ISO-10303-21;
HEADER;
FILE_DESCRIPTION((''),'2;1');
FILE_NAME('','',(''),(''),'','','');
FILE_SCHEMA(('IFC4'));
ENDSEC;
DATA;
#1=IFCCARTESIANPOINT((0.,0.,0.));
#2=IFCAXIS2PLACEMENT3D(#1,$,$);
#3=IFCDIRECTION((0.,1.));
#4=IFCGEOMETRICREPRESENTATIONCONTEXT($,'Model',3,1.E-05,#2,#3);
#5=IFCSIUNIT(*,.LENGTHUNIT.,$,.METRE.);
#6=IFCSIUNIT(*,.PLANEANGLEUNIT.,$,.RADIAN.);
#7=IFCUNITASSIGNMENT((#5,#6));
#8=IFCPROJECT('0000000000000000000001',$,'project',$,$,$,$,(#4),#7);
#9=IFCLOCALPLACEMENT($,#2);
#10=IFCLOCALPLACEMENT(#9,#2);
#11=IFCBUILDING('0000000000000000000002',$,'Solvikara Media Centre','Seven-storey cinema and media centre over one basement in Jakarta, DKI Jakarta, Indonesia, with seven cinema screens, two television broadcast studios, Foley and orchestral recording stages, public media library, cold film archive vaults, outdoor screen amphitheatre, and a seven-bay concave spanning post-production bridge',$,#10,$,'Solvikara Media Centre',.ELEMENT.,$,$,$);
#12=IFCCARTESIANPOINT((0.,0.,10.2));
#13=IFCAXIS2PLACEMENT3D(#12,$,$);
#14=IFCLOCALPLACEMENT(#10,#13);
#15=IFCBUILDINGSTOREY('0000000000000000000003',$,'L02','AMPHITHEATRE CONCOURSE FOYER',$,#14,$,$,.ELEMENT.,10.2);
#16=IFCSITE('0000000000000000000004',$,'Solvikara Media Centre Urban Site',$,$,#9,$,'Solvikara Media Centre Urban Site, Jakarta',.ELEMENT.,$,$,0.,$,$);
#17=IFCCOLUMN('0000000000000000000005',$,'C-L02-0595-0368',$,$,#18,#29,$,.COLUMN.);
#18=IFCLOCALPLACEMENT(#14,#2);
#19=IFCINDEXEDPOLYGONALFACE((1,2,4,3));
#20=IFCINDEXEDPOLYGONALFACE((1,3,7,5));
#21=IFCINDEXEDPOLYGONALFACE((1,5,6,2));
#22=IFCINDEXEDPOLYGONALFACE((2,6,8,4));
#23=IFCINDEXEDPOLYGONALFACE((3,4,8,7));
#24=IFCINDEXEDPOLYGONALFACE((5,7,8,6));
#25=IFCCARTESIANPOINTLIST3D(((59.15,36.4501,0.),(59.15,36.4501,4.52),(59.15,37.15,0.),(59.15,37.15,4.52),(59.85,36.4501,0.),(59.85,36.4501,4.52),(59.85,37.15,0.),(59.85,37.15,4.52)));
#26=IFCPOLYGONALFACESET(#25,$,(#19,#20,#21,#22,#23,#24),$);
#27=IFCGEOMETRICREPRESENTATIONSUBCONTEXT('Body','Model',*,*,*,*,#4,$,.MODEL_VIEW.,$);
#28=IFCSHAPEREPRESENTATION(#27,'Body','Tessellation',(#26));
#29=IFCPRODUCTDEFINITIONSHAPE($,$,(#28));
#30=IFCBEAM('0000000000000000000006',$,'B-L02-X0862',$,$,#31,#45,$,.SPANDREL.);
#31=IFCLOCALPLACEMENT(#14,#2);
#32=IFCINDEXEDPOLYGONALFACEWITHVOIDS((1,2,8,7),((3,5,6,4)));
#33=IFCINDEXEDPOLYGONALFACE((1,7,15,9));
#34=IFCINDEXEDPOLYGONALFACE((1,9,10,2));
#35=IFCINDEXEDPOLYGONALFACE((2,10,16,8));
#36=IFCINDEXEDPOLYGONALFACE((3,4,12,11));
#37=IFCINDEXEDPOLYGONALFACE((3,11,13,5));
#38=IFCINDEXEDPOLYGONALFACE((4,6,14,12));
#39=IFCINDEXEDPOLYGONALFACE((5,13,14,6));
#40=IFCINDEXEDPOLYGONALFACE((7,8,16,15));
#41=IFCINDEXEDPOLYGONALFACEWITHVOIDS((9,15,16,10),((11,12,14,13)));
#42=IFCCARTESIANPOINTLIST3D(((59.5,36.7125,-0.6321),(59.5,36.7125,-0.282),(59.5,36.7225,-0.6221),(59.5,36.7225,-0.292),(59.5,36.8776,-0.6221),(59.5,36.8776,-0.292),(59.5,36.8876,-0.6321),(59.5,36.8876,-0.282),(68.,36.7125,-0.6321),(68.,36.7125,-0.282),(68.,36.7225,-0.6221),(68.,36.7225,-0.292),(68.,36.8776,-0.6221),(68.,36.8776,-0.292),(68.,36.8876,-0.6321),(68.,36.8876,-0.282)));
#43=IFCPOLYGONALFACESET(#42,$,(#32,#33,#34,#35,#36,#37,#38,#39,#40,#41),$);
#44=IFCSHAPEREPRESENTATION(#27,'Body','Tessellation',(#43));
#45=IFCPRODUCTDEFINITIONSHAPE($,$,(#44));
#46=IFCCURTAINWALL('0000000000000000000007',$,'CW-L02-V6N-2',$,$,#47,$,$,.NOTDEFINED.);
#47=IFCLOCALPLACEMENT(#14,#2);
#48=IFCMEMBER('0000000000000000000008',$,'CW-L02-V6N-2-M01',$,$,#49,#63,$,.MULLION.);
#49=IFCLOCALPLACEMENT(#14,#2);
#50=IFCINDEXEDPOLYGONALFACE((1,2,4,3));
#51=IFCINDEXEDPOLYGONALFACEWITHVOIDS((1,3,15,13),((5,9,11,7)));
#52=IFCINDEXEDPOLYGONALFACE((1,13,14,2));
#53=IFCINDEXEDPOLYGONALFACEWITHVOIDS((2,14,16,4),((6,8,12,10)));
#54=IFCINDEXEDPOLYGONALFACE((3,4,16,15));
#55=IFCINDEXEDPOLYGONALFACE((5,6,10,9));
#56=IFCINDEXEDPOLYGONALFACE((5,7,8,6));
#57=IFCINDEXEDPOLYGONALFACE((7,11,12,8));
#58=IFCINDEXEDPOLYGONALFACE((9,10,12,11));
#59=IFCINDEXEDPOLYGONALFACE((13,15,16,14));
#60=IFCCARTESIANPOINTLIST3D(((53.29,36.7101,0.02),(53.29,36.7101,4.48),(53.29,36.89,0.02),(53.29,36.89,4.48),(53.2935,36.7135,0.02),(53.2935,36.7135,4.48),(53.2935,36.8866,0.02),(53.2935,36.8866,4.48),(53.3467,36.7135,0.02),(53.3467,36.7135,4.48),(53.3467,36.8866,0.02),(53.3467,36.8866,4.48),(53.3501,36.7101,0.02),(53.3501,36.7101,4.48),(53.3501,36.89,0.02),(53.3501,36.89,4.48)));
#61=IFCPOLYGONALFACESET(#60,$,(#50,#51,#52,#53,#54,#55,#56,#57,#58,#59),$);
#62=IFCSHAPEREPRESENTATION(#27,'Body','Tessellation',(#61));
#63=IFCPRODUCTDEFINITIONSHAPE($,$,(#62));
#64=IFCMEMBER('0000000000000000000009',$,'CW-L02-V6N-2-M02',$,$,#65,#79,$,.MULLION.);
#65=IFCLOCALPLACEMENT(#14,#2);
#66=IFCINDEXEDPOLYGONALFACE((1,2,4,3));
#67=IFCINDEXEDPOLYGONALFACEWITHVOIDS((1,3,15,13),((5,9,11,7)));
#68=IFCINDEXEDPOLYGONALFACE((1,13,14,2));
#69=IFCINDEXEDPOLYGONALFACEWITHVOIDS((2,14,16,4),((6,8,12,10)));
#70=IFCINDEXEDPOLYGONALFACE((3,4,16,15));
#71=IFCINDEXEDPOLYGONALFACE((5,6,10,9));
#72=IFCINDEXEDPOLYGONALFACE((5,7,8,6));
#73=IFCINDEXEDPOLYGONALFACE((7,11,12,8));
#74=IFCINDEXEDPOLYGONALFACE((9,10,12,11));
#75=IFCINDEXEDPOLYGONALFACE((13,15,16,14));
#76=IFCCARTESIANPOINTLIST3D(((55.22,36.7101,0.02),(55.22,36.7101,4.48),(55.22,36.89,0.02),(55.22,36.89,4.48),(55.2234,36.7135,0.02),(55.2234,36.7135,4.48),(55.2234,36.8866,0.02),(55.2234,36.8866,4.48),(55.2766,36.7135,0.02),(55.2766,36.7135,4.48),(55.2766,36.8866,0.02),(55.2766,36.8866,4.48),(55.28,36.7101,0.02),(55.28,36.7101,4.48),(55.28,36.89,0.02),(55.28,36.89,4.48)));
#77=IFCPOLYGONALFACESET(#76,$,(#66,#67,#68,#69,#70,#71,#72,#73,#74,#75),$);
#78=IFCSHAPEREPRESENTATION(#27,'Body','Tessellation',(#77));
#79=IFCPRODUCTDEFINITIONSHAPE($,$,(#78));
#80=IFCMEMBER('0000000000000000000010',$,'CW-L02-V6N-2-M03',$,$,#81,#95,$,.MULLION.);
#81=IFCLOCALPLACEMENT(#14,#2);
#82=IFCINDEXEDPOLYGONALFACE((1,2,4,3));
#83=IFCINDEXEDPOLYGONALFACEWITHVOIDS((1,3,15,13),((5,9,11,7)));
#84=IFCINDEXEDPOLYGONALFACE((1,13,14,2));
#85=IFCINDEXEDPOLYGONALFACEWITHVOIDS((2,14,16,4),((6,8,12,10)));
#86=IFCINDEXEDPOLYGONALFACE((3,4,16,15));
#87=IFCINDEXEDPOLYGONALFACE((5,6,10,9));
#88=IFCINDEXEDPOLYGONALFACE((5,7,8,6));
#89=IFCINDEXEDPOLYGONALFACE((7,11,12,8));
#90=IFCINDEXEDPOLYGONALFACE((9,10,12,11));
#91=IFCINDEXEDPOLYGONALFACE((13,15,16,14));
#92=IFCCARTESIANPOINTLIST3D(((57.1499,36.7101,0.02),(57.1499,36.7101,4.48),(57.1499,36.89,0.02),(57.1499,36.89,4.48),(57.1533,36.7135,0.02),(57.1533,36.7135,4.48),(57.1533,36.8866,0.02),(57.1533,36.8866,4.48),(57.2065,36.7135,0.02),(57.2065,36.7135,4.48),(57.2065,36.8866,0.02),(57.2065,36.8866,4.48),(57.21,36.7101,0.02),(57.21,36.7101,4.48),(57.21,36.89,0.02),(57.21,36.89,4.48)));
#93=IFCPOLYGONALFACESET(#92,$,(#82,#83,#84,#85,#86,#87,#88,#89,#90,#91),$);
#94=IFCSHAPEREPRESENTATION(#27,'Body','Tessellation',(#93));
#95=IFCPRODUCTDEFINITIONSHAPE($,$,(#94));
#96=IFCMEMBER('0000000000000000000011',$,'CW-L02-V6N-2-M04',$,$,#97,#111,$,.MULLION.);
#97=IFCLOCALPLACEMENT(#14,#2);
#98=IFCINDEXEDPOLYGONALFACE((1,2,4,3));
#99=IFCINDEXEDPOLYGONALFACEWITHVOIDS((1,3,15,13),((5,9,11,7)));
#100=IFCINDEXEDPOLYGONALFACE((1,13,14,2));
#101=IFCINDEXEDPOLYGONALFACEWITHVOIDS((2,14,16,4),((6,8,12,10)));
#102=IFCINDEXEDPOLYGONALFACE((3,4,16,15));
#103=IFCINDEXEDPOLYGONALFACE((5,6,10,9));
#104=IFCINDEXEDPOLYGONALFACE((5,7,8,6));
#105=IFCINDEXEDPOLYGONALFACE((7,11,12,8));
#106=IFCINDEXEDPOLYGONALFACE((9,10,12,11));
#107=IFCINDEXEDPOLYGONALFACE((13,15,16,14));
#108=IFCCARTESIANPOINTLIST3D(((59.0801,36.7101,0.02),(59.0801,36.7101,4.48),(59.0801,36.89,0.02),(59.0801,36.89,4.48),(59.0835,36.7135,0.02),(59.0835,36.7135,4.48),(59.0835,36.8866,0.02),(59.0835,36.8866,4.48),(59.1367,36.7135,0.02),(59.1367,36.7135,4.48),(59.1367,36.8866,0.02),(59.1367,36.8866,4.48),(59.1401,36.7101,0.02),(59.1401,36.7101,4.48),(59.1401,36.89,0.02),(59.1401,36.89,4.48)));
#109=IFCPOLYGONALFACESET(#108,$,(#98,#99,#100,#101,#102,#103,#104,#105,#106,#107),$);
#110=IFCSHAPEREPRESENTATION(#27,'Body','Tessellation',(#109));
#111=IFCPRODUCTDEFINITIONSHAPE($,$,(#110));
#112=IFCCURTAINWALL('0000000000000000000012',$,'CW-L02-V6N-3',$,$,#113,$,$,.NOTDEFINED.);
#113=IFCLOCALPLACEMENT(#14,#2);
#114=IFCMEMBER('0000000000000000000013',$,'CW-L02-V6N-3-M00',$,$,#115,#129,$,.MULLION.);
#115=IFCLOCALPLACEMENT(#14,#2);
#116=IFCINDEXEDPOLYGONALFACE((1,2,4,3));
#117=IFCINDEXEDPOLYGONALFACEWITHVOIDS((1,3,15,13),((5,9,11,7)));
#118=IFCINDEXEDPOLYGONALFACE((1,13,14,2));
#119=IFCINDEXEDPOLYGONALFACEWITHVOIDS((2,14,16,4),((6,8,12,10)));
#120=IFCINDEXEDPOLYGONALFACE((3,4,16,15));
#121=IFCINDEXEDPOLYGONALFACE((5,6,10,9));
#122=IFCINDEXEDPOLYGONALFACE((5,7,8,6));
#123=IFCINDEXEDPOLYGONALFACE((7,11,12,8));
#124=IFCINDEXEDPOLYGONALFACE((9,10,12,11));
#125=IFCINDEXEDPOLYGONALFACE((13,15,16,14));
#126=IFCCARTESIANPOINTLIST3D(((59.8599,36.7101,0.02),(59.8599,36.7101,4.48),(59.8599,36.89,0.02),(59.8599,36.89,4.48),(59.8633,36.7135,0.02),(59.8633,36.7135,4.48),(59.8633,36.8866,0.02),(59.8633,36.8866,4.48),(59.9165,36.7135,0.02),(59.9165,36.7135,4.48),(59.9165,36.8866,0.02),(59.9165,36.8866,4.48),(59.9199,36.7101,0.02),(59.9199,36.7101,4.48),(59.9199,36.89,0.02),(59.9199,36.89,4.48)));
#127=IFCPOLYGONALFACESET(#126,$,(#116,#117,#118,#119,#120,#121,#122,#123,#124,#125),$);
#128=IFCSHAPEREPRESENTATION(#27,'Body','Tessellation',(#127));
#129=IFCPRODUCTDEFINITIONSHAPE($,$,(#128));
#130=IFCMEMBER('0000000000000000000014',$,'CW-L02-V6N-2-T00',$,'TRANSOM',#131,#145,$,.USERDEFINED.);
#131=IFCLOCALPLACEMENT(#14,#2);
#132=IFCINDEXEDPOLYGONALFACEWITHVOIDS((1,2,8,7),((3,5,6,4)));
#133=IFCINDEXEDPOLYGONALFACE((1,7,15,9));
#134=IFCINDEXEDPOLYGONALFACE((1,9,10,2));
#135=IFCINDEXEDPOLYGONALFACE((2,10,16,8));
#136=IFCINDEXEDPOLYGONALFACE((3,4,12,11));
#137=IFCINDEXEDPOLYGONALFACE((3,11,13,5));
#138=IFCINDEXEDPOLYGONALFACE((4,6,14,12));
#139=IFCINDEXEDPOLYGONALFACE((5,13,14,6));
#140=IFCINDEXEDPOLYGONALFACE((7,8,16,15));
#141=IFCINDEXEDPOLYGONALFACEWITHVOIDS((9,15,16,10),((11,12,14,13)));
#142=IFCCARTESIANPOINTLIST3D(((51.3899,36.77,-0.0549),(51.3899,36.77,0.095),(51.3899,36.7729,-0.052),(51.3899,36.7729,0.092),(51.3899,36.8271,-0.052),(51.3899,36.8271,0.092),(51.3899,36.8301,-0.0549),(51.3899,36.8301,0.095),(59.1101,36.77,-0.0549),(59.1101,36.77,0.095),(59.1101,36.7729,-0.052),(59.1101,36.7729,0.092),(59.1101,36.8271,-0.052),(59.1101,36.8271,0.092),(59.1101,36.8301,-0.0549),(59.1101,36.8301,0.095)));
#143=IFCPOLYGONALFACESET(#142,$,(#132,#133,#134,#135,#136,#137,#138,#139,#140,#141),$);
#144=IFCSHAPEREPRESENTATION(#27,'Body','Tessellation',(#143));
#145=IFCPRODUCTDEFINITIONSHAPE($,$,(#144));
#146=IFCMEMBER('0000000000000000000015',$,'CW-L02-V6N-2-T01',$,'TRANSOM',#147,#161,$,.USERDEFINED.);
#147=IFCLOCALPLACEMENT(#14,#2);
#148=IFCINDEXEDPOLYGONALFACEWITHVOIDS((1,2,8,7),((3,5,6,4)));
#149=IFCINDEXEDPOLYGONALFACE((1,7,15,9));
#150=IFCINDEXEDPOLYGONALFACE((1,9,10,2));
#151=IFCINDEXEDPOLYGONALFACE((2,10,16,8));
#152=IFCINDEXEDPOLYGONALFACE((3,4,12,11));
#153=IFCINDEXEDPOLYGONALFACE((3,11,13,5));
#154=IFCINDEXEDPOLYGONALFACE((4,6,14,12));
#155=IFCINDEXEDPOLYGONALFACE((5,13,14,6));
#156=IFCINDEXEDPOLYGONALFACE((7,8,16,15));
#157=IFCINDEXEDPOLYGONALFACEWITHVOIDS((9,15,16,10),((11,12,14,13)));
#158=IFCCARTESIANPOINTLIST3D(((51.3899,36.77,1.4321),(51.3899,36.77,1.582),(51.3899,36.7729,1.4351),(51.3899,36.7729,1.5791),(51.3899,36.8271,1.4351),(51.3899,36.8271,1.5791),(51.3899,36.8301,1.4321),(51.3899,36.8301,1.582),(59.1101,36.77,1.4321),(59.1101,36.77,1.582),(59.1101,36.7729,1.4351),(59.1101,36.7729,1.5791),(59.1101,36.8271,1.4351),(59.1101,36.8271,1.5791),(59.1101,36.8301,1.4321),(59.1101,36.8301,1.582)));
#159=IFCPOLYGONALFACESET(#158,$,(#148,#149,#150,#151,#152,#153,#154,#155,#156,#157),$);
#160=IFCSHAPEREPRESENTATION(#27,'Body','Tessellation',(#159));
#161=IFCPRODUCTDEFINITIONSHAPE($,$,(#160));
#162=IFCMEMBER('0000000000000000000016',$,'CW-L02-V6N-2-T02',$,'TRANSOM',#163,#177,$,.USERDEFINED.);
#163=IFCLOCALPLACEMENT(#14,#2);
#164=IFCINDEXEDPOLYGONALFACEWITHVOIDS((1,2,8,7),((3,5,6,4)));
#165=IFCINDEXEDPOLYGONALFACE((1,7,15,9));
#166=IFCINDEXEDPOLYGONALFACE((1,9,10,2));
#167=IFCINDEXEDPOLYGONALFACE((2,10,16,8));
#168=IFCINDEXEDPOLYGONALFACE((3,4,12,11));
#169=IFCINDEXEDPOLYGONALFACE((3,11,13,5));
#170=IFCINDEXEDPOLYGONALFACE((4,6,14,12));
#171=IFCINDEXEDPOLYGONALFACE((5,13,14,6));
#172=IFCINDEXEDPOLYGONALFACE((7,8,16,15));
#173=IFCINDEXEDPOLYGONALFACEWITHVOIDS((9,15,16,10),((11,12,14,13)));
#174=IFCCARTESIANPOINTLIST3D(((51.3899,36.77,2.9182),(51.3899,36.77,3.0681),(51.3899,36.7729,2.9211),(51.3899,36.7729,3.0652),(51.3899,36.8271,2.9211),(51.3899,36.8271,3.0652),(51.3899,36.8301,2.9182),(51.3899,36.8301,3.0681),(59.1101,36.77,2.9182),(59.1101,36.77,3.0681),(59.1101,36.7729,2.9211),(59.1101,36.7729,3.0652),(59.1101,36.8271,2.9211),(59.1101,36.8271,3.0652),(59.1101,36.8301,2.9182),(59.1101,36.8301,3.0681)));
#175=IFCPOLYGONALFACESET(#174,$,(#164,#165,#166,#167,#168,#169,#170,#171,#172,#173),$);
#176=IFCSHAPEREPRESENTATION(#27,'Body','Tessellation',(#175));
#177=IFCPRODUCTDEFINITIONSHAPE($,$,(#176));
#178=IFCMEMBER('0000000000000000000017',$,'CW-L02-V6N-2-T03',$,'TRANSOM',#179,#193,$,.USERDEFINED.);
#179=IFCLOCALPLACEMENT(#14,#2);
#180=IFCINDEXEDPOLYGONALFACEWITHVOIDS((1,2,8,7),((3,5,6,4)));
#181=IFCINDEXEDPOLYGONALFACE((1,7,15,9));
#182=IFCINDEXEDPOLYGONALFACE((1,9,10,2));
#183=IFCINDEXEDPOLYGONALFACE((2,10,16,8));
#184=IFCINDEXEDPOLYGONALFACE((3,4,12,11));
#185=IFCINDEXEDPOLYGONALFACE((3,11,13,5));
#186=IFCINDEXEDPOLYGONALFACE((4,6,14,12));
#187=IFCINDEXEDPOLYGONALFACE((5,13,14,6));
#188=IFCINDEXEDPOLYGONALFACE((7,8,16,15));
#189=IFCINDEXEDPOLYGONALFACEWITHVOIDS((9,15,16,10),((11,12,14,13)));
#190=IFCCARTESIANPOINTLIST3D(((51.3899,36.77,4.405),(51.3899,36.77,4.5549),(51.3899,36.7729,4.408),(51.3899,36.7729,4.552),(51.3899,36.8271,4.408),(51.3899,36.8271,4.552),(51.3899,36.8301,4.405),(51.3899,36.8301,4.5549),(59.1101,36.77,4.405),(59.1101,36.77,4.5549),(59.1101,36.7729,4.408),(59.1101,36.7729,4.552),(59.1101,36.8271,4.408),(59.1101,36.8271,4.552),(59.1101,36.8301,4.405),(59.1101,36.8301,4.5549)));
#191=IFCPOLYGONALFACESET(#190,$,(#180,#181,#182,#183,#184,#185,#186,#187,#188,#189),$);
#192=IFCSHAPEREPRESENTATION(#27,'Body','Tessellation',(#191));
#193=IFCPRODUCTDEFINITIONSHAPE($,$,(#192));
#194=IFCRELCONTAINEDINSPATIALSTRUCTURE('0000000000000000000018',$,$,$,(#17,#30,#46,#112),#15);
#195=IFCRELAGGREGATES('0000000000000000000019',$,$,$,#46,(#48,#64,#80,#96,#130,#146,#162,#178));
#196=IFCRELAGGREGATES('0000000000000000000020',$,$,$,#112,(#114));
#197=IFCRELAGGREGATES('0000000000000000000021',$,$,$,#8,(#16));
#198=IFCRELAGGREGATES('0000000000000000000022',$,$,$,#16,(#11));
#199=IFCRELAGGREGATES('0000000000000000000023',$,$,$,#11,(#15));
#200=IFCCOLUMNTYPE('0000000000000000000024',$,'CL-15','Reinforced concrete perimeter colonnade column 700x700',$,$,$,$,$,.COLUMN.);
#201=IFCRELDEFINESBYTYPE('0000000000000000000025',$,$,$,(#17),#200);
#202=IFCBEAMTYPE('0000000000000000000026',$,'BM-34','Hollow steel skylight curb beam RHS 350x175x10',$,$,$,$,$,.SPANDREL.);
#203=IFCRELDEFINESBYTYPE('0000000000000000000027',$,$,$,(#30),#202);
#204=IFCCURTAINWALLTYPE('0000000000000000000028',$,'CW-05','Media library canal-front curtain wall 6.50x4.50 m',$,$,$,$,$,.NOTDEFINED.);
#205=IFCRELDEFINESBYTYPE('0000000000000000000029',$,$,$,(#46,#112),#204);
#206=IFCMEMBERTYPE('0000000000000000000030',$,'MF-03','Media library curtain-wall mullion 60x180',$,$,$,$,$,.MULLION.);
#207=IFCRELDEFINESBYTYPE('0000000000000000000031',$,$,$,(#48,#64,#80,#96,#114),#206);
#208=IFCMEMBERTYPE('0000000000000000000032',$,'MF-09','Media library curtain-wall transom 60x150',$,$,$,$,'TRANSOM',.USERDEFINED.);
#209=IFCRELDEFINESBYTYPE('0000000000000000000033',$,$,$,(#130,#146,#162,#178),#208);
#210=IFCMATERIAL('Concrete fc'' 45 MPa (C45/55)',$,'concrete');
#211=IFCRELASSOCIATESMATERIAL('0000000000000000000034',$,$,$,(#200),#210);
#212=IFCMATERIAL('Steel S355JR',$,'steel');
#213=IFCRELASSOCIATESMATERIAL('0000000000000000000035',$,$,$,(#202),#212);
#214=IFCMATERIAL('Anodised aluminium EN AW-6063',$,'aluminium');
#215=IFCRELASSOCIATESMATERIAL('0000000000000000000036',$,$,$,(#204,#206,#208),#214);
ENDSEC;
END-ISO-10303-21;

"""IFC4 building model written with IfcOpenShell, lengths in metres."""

from ifc_helpers import new_model, si_unit, direction, frame, origin, origin_2d, place, context, subcontext, project, spatial, rectangle, hollow_rectangle, extrude, material, material_profile, profile_set, type_object, element, aggregate, save


model = new_model("IFC4")

# Units and contexts
model_context = context("Model", 3, precision=1e-05, world=origin(), true_north=direction((0.0, 1.0)))
body_context = subcontext(model_context, "Body", "Model", "MODEL_VIEW")
ifc_project = project(units=[si_unit("LENGTHUNIT", "METRE"), si_unit("PLANEANGLEUNIT", "RADIAN")], contexts=[model_context])

# Site, building, storey
site_placement = place(None, origin())
site = spatial("IfcSite", under=ifc_project, at=site_placement, Name="Solvikara Media Centre Urban Site", LongName="Solvikara Media Centre Urban Site, Jakarta", CompositionType="ELEMENT", RefElevation=0.0)
building_placement = place(site_placement, origin())
building = spatial("IfcBuilding", under=site, at=building_placement, Name="Solvikara Media Centre", Description="Seven-storey cinema and media centre over one basement in Jakarta, DKI Jakarta, Indonesia, with seven cinema screens, two television broadcast studios, Foley and orchestral recording stages, public media library, cold film archive vaults, outdoor screen amphitheatre, and a seven-bay concave spanning post-production bridge", LongName="Solvikara Media Centre", CompositionType="ELEMENT")
storey_placement = place(building_placement, frame((0.0, 0.0, 10.2)))
storey = spatial("IfcBuildingStorey", under=building, at=storey_placement, Name="L02", Description="AMPHITHEATRE CONCOURSE FOYER", CompositionType="ELEMENT", Elevation=10.2)

# Column
ifc_material_1 = material(Name="Concrete fc' 45 MPa (C45/55)", Category="concrete")
ifc_material_profile_1 = material_profile(ifc_material_1, rectangle(XDim=0.7, YDim=0.7, at=origin_2d()), Name="RC 700x700")
ifc_profile_set_1 = profile_set([ifc_material_profile_1], Name="Concrete fc' 45 MPa (C45/55)")
column_type = type_object("IfcColumnType", Name="CL-15", Description="Reinforced concrete perimeter colonnade column 700x700", PredefinedType="COLUMN", material=ifc_profile_set_1)
column_placement = place(storey_placement, frame((59.5, 36.8, 0.0), z_axis=(0.0, 0.0, 1.0), x_axis=(1.0, 0.0, 0.0)))
element("IfcColumn", 1, at=column_placement, inside=storey, type_object=column_type, Name="C-L02-0595-0368", PredefinedType="COLUMN", context=body_context, shape_type="SweptSolid", body=[
    extrude(rectangle(XDim=0.7, YDim=0.7, at=origin_2d()), origin(), (0.0, 0.0, 1.0), 4.52),
])

# Beam
ifc_material_2 = material(Name="Steel S355JR", Category="steel")
ifc_material_profile_2 = material_profile(ifc_material_2, hollow_rectangle(XDim=0.175, YDim=0.3501, WallThickness=0.01, at=origin_2d()), Name="RHS 350x175x10")
ifc_profile_set_2 = profile_set([ifc_material_profile_2], Name="Steel S355JR")
beam_type = type_object("IfcBeamType", Name="BM-34", Description="Hollow steel skylight curb beam RHS 350x175x10", PredefinedType="SPANDREL", material=ifc_profile_set_2)
beam_placement = place(storey_placement, frame((59.5, 36.8, -0.457), z_axis=(1.0, 0.0, 0.0), x_axis=(0.0, 1.0, 0.0)))
element("IfcBeam", 2, at=beam_placement, inside=storey, type_object=beam_type, Name="B-L02-X0862", PredefinedType="SPANDREL", context=body_context, shape_type="SweptSolid", body=[
    extrude(hollow_rectangle(XDim=0.175, YDim=0.3501, WallThickness=0.01, at=origin_2d()), origin(), (0.0, 0.0, 1.0), 8.5),
])

# Curtain wall, members
ifc_material_3 = material(Name="Anodised aluminium EN AW-6063", Category="aluminium")
curtain_wall_type = type_object("IfcCurtainWallType", Name="CW-05", Description="Media library canal-front curtain wall 6.50x4.50 m", PredefinedType="NOTDEFINED", material=ifc_material_3)
curtain_wall_1_placement = place(storey_placement, origin())
curtain_wall_1 = element("IfcCurtainWall", 3, at=curtain_wall_1_placement, inside=storey, type_object=curtain_wall_type, Name="CW-L02-V6N-2", PredefinedType="NOTDEFINED")
ifc_material_profile_3 = material_profile(ifc_material_3, hollow_rectangle(XDim=0.0601, YDim=0.1799, WallThickness=0.0034, at=origin_2d()), Name="ALU-M 60x180x3.5")
ifc_profile_set_3 = profile_set([ifc_material_profile_3], Name="Anodised aluminium EN AW-6063")
member_type_1 = type_object("IfcMemberType", Name="MF-03", Description="Media library curtain-wall mullion 60x180", PredefinedType="MULLION", material=ifc_profile_set_3)
member_1_placement = place(storey_placement, frame((53.3201, 36.8, 0.02), z_axis=(0.0, 0.0, 1.0), x_axis=(1.0, 0.0, 0.0)))
member_1 = element("IfcMember", 4, at=member_1_placement, type_object=member_type_1, Name="CW-L02-V6N-2-M01", PredefinedType="MULLION", context=body_context, shape_type="SweptSolid", body=[
    extrude(hollow_rectangle(XDim=0.0601, YDim=0.1799, WallThickness=0.0034, at=origin_2d()), origin(), (0.0, 0.0, 1.0), 4.46),
])
member_2_placement = place(storey_placement, frame((55.25, 36.8, 0.02), z_axis=(0.0, 0.0, 1.0), x_axis=(1.0, 0.0, 0.0)))
member_2 = element("IfcMember", 5, at=member_2_placement, type_object=member_type_1, Name="CW-L02-V6N-2-M02", PredefinedType="MULLION", context=body_context, shape_type="SweptSolid", body=[
    extrude(hollow_rectangle(XDim=0.0601, YDim=0.1799, WallThickness=0.0034, at=origin_2d()), origin(), (0.0, 0.0, 1.0), 4.46),
])
member_3_placement = place(storey_placement, frame((57.1799, 36.8, 0.02), z_axis=(0.0, 0.0, 1.0), x_axis=(1.0, 0.0, 0.0)))
member_3 = element("IfcMember", 6, at=member_3_placement, type_object=member_type_1, Name="CW-L02-V6N-2-M03", PredefinedType="MULLION", context=body_context, shape_type="SweptSolid", body=[
    extrude(hollow_rectangle(XDim=0.0601, YDim=0.1799, WallThickness=0.0034, at=origin_2d()), origin(), (0.0, 0.0, 1.0), 4.46),
])
member_4_placement = place(storey_placement, frame((59.1101, 36.8, 0.02), z_axis=(0.0, 0.0, 1.0), x_axis=(1.0, 0.0, 0.0)))
member_4 = element("IfcMember", 7, at=member_4_placement, type_object=member_type_1, Name="CW-L02-V6N-2-M04", PredefinedType="MULLION", context=body_context, shape_type="SweptSolid", body=[
    extrude(hollow_rectangle(XDim=0.0601, YDim=0.1799, WallThickness=0.0034, at=origin_2d()), origin(), (0.0, 0.0, 1.0), 4.46),
])

# Curtain wall, member
curtain_wall_2_placement = place(storey_placement, origin())
curtain_wall_2 = element("IfcCurtainWall", 8, at=curtain_wall_2_placement, inside=storey, type_object=curtain_wall_type, Name="CW-L02-V6N-3", PredefinedType="NOTDEFINED")
member_5_placement = place(storey_placement, frame((59.8899, 36.8, 0.02), z_axis=(0.0, 0.0, 1.0), x_axis=(1.0, 0.0, 0.0)))
member_5 = element("IfcMember", 9, at=member_5_placement, type_object=member_type_1, Name="CW-L02-V6N-3-M00", PredefinedType="MULLION", context=body_context, shape_type="SweptSolid", body=[
    extrude(hollow_rectangle(XDim=0.0601, YDim=0.1799, WallThickness=0.0034, at=origin_2d()), origin(), (0.0, 0.0, 1.0), 4.46),
])

# Members
ifc_material_profile_4 = material_profile(ifc_material_3, hollow_rectangle(XDim=0.0601, YDim=0.1499, WallThickness=0.0029, at=origin_2d()), Name="ALU-T 60x150x3")
ifc_profile_set_4 = profile_set([ifc_material_profile_4], Name="Anodised aluminium EN AW-6063")
member_type_2 = type_object("IfcMemberType", Name="MF-09", Description="Media library curtain-wall transom 60x150", ElementType="TRANSOM", PredefinedType="USERDEFINED", material=ifc_profile_set_4)
member_6_placement = place(storey_placement, frame((51.3899, 36.8, 0.02), z_axis=(1.0, 0.0, 0.0), x_axis=(0.0, 1.0, 0.0)))
member_6 = element("IfcMember", 10, at=member_6_placement, type_object=member_type_2, Name="CW-L02-V6N-2-T00", ObjectType="TRANSOM", PredefinedType="USERDEFINED", context=body_context, shape_type="SweptSolid", body=[
    extrude(hollow_rectangle(XDim=0.0601, YDim=0.1499, WallThickness=0.0029, at=origin_2d()), origin(), (0.0, 0.0, 1.0), 7.7202),
])
member_7_placement = place(storey_placement, frame((51.3899, 36.8, 1.5071), z_axis=(1.0, 0.0, 0.0), x_axis=(0.0, 1.0, 0.0)))
member_7 = element("IfcMember", 11, at=member_7_placement, type_object=member_type_2, Name="CW-L02-V6N-2-T01", ObjectType="TRANSOM", PredefinedType="USERDEFINED", context=body_context, shape_type="SweptSolid", body=[
    extrude(hollow_rectangle(XDim=0.0601, YDim=0.1499, WallThickness=0.0029, at=origin_2d()), origin(), (0.0, 0.0, 1.0), 7.7202),
])
member_8_placement = place(storey_placement, frame((51.3899, 36.8, 2.9932), z_axis=(1.0, 0.0, 0.0), x_axis=(0.0, 1.0, 0.0)))
member_8 = element("IfcMember", 12, at=member_8_placement, type_object=member_type_2, Name="CW-L02-V6N-2-T02", ObjectType="TRANSOM", PredefinedType="USERDEFINED", context=body_context, shape_type="SweptSolid", body=[
    extrude(hollow_rectangle(XDim=0.0601, YDim=0.1499, WallThickness=0.0029, at=origin_2d()), origin(), (0.0, 0.0, 1.0), 7.7202),
])
member_9_placement = place(storey_placement, frame((51.3899, 36.8, 4.48), z_axis=(1.0, 0.0, 0.0), x_axis=(0.0, 1.0, 0.0)))
member_9 = element("IfcMember", 13, at=member_9_placement, type_object=member_type_2, Name="CW-L02-V6N-2-T03", ObjectType="TRANSOM", PredefinedType="USERDEFINED", context=body_context, shape_type="SweptSolid", body=[
    extrude(hollow_rectangle(XDim=0.0601, YDim=0.1499, WallThickness=0.0029, at=origin_2d()), origin(), (0.0, 0.0, 1.0), 7.7202),
])

aggregate(curtain_wall_1, [member_1, member_2, member_3, member_4, member_6, member_7, member_8, member_9])
aggregate(curtain_wall_2, [member_5])

save(model, "model.ifc")
